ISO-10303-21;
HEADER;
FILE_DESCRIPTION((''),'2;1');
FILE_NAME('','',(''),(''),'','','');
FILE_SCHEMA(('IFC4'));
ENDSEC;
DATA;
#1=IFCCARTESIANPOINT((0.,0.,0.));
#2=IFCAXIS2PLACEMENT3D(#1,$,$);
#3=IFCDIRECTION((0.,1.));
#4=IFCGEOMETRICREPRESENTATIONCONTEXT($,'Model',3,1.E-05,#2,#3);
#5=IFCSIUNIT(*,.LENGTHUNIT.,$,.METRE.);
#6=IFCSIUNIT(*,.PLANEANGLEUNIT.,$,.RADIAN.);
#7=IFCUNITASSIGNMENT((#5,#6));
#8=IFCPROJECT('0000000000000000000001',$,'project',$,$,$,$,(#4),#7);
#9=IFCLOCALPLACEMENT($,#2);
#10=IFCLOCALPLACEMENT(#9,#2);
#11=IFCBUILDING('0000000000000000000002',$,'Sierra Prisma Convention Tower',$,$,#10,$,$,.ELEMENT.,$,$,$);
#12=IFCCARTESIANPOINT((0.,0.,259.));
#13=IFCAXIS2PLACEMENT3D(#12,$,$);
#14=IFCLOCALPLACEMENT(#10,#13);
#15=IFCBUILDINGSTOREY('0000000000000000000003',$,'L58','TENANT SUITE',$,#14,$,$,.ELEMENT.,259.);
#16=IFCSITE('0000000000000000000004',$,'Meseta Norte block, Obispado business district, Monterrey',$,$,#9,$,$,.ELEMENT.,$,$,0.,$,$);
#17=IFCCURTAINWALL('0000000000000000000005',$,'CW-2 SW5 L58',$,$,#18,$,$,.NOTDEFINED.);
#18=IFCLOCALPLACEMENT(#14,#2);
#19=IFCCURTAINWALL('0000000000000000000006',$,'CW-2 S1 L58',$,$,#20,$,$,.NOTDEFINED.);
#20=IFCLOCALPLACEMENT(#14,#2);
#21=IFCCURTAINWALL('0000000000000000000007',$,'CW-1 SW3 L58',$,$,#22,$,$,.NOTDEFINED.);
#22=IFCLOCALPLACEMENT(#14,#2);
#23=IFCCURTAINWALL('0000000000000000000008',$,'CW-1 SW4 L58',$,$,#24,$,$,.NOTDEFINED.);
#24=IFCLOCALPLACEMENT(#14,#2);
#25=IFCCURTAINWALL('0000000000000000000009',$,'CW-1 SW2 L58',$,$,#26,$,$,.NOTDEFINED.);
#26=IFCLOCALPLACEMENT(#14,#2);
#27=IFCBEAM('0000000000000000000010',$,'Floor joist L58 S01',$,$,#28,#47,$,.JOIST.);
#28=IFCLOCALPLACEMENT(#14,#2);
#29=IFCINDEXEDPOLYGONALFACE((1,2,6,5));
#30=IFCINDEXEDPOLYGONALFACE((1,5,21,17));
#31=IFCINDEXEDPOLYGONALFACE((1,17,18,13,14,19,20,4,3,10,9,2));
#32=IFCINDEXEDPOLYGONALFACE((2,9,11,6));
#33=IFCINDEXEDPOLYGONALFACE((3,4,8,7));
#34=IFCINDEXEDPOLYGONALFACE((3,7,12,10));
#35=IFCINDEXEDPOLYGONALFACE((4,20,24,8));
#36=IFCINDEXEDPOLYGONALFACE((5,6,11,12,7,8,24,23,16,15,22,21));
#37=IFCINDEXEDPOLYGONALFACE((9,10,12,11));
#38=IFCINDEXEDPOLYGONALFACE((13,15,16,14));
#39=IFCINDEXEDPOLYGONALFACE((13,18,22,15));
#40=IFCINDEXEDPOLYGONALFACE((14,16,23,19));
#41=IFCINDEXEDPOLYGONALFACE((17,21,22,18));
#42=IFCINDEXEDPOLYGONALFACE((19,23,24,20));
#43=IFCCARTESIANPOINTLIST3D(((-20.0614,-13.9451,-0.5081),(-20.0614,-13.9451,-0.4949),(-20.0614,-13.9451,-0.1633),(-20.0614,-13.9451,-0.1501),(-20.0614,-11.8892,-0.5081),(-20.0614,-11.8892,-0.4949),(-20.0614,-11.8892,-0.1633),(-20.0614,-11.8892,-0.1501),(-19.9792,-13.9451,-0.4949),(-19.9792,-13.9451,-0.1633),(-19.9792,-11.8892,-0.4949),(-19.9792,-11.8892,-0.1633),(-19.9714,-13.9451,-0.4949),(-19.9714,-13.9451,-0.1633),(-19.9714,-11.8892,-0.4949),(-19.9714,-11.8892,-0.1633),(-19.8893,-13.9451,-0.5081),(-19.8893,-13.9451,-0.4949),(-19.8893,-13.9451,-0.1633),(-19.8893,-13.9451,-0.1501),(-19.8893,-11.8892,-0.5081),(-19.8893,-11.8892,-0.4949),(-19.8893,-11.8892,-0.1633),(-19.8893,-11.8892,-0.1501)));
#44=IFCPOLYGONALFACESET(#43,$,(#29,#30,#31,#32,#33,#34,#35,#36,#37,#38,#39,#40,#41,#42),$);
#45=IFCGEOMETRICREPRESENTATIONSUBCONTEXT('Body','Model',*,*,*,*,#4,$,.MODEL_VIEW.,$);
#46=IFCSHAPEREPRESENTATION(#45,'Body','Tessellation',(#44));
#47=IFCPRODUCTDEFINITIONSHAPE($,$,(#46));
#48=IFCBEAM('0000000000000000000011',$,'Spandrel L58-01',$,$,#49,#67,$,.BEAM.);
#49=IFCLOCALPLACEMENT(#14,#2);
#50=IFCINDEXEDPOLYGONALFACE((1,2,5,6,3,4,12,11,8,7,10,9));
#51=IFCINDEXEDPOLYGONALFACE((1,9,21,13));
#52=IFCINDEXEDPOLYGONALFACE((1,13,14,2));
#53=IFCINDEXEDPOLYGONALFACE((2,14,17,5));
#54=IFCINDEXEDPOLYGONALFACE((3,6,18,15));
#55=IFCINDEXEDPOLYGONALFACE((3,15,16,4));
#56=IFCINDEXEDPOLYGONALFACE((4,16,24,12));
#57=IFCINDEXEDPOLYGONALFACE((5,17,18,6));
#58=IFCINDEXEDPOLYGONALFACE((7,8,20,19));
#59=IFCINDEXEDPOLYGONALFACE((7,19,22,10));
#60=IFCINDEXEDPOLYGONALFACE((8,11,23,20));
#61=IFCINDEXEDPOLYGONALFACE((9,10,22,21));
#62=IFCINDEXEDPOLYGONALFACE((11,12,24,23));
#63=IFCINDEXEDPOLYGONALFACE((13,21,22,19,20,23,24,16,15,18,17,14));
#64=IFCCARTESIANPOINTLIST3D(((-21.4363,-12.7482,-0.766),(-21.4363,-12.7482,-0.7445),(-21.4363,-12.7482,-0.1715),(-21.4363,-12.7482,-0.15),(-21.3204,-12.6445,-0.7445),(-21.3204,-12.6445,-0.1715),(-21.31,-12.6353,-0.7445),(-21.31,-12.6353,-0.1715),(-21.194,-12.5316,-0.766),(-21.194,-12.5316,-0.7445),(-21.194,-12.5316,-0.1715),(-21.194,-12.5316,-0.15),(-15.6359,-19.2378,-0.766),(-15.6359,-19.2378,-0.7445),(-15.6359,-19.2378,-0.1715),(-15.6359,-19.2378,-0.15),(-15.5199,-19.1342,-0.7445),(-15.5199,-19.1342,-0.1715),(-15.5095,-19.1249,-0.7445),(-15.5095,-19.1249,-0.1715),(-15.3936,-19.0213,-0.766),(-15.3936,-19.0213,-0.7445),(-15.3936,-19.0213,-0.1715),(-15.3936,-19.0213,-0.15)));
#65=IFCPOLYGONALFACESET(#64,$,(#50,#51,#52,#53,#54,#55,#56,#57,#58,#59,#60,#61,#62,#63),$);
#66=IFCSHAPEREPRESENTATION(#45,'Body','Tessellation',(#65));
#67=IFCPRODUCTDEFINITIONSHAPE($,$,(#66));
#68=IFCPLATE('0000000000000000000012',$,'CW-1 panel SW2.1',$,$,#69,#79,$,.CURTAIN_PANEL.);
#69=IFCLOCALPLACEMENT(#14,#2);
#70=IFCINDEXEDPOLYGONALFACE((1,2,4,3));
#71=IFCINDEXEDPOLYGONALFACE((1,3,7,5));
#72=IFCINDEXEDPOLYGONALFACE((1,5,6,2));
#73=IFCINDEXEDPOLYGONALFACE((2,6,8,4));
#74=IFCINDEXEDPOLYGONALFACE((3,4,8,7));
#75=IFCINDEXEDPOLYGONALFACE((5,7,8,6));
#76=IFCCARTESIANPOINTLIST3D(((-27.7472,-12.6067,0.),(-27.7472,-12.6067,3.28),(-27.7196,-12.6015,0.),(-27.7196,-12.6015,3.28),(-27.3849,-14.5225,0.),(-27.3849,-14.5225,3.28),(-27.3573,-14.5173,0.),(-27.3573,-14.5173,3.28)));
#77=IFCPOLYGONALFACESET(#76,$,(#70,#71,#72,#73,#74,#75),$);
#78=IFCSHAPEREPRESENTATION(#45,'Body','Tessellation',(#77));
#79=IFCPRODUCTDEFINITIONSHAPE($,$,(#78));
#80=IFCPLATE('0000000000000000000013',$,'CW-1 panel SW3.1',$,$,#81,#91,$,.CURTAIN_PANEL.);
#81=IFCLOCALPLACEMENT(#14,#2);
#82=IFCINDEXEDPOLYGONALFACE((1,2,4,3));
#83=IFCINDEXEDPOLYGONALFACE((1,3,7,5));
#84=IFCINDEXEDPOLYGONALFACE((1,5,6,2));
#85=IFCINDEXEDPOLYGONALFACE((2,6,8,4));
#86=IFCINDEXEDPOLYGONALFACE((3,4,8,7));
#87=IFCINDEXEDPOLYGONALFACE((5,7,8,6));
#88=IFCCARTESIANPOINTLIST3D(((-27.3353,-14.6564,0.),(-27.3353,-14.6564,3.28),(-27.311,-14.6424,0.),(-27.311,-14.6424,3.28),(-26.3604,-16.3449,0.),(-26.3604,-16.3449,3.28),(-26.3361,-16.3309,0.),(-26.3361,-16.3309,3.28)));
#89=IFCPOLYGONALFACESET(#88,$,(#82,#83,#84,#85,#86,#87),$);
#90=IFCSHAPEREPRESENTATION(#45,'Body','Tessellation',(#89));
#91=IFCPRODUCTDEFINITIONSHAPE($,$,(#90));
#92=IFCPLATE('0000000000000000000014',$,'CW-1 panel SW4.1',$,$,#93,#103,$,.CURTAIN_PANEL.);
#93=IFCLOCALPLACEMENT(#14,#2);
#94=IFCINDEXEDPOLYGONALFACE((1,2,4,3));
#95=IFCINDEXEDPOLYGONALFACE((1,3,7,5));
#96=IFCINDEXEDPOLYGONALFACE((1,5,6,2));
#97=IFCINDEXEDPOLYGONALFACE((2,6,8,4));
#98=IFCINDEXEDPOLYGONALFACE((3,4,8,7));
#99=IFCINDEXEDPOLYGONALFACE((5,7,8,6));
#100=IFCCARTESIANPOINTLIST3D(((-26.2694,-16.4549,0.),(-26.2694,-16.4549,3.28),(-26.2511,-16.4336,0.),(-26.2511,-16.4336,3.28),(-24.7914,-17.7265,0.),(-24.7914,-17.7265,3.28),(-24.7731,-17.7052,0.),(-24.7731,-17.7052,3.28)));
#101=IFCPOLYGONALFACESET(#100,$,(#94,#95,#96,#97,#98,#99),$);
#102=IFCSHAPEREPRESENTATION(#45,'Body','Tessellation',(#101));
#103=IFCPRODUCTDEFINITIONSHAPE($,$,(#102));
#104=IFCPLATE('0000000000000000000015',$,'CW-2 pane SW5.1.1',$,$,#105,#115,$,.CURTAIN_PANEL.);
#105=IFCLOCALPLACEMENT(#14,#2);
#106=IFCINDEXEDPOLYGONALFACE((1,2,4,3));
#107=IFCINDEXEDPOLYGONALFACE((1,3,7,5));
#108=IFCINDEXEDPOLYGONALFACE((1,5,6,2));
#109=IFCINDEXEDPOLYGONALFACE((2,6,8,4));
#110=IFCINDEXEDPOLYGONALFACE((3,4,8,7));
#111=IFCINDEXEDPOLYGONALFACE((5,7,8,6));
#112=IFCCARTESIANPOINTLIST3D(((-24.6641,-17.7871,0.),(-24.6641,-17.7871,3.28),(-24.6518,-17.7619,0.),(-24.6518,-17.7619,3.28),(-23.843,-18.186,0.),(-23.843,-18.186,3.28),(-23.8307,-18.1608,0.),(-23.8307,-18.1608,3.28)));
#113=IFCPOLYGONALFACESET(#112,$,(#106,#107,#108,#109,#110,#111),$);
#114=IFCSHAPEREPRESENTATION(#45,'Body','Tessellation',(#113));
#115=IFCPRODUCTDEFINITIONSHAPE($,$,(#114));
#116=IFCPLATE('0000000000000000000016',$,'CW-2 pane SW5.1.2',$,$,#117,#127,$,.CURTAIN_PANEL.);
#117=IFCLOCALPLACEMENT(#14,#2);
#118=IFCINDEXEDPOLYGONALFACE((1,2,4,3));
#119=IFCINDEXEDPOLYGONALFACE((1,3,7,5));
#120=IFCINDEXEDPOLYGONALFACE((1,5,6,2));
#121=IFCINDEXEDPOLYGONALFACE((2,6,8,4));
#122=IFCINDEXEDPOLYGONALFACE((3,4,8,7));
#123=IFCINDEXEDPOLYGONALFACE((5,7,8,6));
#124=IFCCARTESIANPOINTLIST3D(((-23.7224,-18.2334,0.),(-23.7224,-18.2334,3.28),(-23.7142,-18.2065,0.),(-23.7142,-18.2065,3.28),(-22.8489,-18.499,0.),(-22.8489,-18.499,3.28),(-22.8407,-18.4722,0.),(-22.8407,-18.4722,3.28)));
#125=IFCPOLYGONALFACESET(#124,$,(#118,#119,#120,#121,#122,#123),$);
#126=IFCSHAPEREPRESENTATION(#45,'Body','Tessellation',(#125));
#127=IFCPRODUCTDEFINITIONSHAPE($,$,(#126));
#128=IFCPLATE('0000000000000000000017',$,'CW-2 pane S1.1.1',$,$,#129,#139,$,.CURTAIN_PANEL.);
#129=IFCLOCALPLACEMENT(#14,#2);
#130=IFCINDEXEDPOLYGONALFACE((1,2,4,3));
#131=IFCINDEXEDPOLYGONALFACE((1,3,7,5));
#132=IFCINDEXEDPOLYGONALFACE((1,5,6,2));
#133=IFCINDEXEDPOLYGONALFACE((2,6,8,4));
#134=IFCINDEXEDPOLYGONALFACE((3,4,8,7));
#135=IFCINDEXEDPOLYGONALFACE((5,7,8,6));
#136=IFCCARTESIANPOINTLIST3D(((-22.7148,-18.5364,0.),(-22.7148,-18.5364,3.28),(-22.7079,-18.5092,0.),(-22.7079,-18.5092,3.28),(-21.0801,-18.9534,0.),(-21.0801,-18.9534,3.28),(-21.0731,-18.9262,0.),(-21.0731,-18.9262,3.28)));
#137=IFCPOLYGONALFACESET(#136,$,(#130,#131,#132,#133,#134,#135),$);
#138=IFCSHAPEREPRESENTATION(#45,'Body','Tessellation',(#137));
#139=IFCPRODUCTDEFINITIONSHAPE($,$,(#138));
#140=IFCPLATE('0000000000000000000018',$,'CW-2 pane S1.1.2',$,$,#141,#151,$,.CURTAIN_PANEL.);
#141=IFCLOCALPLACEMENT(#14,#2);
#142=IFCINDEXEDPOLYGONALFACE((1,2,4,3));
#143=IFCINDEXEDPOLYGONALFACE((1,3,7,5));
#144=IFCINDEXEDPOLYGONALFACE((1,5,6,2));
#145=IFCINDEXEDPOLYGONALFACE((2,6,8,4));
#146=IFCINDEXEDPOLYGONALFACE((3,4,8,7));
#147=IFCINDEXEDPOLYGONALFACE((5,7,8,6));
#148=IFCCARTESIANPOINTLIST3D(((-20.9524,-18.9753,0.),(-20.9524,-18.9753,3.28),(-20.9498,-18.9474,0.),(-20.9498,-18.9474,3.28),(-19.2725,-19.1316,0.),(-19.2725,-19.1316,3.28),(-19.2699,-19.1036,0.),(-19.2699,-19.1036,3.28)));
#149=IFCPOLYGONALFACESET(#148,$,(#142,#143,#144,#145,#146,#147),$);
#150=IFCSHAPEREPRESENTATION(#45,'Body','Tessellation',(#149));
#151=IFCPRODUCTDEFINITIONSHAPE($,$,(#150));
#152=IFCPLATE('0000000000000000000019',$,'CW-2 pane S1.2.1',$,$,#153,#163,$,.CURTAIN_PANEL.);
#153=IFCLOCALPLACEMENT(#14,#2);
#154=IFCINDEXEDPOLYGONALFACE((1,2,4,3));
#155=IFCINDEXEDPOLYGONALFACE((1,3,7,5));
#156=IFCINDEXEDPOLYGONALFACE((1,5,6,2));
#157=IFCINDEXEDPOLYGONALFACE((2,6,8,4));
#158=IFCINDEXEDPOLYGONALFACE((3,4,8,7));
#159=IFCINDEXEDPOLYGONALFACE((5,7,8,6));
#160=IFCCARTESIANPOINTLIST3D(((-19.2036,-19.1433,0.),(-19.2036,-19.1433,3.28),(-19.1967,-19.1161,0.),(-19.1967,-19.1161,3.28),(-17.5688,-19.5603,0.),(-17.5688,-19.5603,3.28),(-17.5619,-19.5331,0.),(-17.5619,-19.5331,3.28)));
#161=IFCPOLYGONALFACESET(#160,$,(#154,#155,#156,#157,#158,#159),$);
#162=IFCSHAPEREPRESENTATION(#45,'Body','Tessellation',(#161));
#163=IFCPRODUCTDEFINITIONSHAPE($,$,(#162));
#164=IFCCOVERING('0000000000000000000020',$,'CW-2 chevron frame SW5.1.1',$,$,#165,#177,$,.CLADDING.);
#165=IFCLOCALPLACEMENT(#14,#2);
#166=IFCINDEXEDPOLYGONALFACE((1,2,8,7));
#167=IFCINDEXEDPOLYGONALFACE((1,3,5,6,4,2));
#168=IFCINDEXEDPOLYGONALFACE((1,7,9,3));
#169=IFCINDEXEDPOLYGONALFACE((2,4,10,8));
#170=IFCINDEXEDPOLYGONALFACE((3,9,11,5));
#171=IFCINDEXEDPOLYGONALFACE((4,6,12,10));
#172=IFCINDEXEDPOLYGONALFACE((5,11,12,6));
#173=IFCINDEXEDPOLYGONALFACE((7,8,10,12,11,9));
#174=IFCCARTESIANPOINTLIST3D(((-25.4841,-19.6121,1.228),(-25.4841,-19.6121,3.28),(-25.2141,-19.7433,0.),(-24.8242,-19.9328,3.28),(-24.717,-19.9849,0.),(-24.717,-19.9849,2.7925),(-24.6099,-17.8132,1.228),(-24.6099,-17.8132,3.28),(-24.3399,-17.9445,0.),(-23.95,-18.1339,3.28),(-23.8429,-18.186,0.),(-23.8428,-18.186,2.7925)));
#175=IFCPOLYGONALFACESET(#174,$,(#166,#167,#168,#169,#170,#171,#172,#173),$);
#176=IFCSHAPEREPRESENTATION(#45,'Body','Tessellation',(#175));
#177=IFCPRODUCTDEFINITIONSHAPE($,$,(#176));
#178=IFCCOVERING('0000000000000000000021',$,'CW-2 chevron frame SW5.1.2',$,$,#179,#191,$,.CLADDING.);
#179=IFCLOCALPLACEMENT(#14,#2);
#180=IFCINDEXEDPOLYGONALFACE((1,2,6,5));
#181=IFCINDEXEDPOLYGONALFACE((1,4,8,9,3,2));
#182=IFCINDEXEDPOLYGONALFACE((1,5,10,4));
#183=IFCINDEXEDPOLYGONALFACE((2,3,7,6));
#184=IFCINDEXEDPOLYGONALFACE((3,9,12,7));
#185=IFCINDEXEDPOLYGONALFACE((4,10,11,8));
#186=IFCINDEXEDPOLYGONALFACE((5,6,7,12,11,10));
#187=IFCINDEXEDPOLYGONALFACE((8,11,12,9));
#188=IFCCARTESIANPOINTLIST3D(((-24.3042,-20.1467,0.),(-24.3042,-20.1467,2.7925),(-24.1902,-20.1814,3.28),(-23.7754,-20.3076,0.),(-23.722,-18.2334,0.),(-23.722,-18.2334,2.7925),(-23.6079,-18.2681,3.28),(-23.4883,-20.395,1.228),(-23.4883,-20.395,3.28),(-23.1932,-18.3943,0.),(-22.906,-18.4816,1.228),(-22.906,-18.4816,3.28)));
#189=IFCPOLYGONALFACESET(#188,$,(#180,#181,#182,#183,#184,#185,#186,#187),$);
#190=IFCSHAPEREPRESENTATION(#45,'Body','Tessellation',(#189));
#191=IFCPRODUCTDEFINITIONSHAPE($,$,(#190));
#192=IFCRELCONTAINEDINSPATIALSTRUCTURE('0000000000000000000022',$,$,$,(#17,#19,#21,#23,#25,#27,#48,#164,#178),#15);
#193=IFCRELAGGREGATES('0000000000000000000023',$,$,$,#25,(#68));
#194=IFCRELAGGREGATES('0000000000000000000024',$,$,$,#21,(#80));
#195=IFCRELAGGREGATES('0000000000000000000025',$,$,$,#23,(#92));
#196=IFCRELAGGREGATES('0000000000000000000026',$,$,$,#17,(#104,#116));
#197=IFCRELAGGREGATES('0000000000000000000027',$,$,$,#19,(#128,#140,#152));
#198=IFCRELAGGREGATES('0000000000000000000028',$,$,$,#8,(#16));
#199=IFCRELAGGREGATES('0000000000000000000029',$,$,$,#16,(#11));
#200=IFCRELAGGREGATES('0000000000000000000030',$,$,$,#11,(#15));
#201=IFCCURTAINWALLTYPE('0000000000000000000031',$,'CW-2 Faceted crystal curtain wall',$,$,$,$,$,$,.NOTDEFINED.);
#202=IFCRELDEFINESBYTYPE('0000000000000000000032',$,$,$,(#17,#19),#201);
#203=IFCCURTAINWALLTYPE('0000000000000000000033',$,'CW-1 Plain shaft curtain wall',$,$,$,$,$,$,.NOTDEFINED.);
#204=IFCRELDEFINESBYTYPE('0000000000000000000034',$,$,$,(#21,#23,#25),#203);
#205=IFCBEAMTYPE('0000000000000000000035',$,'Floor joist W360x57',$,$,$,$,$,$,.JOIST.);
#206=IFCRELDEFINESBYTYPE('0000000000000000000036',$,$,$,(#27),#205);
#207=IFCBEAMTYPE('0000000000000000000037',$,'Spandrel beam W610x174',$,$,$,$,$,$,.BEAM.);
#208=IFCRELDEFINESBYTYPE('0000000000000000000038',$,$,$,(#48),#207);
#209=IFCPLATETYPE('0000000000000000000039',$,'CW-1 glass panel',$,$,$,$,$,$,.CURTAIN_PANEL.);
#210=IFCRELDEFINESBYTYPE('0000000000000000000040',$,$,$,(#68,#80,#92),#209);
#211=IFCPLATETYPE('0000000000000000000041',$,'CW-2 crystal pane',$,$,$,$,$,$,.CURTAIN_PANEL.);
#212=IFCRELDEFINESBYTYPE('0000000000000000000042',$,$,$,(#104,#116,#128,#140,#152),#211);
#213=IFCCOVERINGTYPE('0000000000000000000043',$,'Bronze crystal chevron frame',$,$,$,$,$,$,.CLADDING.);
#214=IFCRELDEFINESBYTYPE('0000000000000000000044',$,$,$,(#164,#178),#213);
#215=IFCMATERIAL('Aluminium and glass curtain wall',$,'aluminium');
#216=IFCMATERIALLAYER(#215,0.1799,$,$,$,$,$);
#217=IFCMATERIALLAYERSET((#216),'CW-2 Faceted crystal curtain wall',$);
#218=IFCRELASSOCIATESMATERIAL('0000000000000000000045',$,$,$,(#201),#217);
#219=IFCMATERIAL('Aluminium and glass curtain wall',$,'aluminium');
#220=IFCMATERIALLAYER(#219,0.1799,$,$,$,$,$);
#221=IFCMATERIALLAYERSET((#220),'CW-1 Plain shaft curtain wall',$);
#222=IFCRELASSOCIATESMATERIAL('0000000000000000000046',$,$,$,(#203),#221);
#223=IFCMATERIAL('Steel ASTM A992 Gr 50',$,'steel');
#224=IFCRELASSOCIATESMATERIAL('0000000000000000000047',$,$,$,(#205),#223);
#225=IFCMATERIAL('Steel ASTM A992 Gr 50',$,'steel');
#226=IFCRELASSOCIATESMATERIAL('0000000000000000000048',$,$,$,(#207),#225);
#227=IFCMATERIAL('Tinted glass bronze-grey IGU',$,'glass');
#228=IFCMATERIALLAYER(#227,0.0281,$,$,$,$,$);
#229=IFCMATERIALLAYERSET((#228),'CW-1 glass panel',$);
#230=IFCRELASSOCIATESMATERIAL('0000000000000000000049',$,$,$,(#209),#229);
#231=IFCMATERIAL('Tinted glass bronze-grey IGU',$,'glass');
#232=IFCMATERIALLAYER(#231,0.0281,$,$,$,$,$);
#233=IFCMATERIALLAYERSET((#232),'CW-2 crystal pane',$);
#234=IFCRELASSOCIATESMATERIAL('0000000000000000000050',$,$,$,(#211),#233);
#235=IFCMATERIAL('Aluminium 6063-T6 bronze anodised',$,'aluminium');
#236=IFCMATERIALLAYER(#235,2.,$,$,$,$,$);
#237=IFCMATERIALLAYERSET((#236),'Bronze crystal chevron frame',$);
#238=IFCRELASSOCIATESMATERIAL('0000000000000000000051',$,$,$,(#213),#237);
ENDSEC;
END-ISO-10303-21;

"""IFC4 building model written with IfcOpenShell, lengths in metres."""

from ifc_helpers import new_model, si_unit, direction, frame, origin, origin_2d, place, context, subcontext, project, spatial, polyline, rectangle, i_section, outline, extrude, material, layer, layer_set, material_profile, profile_set, type_object, element, aggregate, save


model = new_model("IFC4")

# Units and contexts
model_context = context("Model", 3, precision=1e-05, world=origin(), true_north=direction((0.0, 1.0)))
body_context = subcontext(model_context, "Body", "Model", "MODEL_VIEW")
ifc_project = project(units=[si_unit("LENGTHUNIT", "METRE"), si_unit("PLANEANGLEUNIT", "RADIAN")], contexts=[model_context])

# Site, building, storey
site_placement = place(None, origin())
site = spatial("IfcSite", under=ifc_project, at=site_placement, Name="Meseta Norte block, Obispado business district, Monterrey", CompositionType="ELEMENT", RefElevation=0.0)
building_placement = place(site_placement, origin())
building = spatial("IfcBuilding", under=site, at=building_placement, Name="Sierra Prisma Convention Tower", CompositionType="ELEMENT")
storey_placement = place(building_placement, frame((0.0, 0.0, 259.0)))
storey = spatial("IfcBuildingStorey", under=building, at=storey_placement, Name="L58", Description="TENANT SUITE", CompositionType="ELEMENT", Elevation=259.0)

# Curtain wall
ifc_material_1 = material(Name="Aluminium and glass curtain wall", Category="aluminium")
ifc_layer_1 = layer(ifc_material_1, 0.1799)
ifc_layer_set_1 = layer_set([ifc_layer_1], Name="CW-2 Faceted crystal curtain wall")
curtain_wall_type_1 = type_object("IfcCurtainWallType", Name="CW-2 Faceted crystal curtain wall", PredefinedType="NOTDEFINED", material=ifc_layer_set_1)
curtain_wall_1_placement = place(storey_placement, origin())
curtain_wall_1 = element("IfcCurtainWall", 1, at=curtain_wall_1_placement, inside=storey, type_object=curtain_wall_type_1, Name="CW-2 SW5 L58", PredefinedType="NOTDEFINED")

# Curtain wall
curtain_wall_2_placement = place(storey_placement, origin())
curtain_wall_2 = element("IfcCurtainWall", 2, at=curtain_wall_2_placement, inside=storey, type_object=curtain_wall_type_1, Name="CW-2 S1 L58", PredefinedType="NOTDEFINED")

# Curtain walls
ifc_material_2 = material(Name="Aluminium and glass curtain wall", Category="aluminium")
ifc_layer_2 = layer(ifc_material_2, 0.1799)
ifc_layer_set_2 = layer_set([ifc_layer_2], Name="CW-1 Plain shaft curtain wall")
curtain_wall_type_2 = type_object("IfcCurtainWallType", Name="CW-1 Plain shaft curtain wall", PredefinedType="NOTDEFINED", material=ifc_layer_set_2)
curtain_wall_3_placement = place(storey_placement, origin())
curtain_wall_3 = element("IfcCurtainWall", 3, at=curtain_wall_3_placement, inside=storey, type_object=curtain_wall_type_2, Name="CW-1 SW3 L58", PredefinedType="NOTDEFINED")
curtain_wall_4_placement = place(storey_placement, origin())
curtain_wall_4 = element("IfcCurtainWall", 4, at=curtain_wall_4_placement, inside=storey, type_object=curtain_wall_type_2, Name="CW-1 SW4 L58", PredefinedType="NOTDEFINED")

# Curtain wall
curtain_wall_5_placement = place(storey_placement, origin())
curtain_wall_5 = element("IfcCurtainWall", 5, at=curtain_wall_5_placement, inside=storey, type_object=curtain_wall_type_2, Name="CW-1 SW2 L58", PredefinedType="NOTDEFINED")

# Beams
ifc_material_3 = material(Name="Steel ASTM A992 Gr 50", Category="steel")
ifc_material_profile_1 = material_profile(ifc_material_3, i_section(OverallWidth=0.1721, OverallDepth=0.3579, WebThickness=0.0078, FlangeThickness=0.0132, at=origin_2d()), Name="W360x57")
ifc_profile_set_1 = profile_set([ifc_material_profile_1], Name="Steel ASTM A992 Gr 50")
beam_type_1 = type_object("IfcBeamType", Name="Floor joist W360x57", PredefinedType="JOIST", material=ifc_profile_set_1)
beam_1_placement = place(storey_placement, frame((-19.9753, -13.9451, -0.3291), z_axis=(0.0, 1.0, 0.0), x_axis=(-1.0, 0.0, 0.0)))
element("IfcBeam", 6, at=beam_1_placement, inside=storey, type_object=beam_type_1, Name="Floor joist L58 S01", PredefinedType="JOIST", context=body_context, shape_type="SweptSolid", body=[
    extrude(i_section(OverallWidth=0.1721, OverallDepth=0.3579, WebThickness=0.0078, FlangeThickness=0.0132, at=origin_2d()), origin(), (0.0, 0.0, 1.0), 2.0559),
])
ifc_material_4 = material(Name="Steel ASTM A992 Gr 50", Category="steel")
ifc_material_profile_2 = material_profile(ifc_material_4, i_section(OverallWidth=0.325, OverallDepth=0.616, WebThickness=0.0139, FlangeThickness=0.0215, at=origin_2d()), Name="W610x174")
ifc_profile_set_2 = profile_set([ifc_material_profile_2], Name="Steel ASTM A992 Gr 50")
beam_type_2 = type_object("IfcBeamType", Name="Spandrel beam W610x174", PredefinedType="BEAM", material=ifc_profile_set_2)
beam_2_placement = place(storey_placement, frame((-21.3152, -12.6399, -0.458), z_axis=(0.666407, -0.745588, 0.0), x_axis=(0.745588, 0.666407, 0.0)))
element("IfcBeam", 7, at=beam_2_placement, inside=storey, type_object=beam_type_2, Name="Spandrel L58-01", PredefinedType="BEAM", context=body_context, shape_type="SweptSolid", body=[
    extrude(i_section(OverallWidth=0.325, OverallDepth=0.616, WebThickness=0.0139, FlangeThickness=0.0215, at=origin_2d()), origin(), (0.0, 0.0, 1.0), 8.7041),
])

# Plates
ifc_material_5 = material(Name="Tinted glass bronze-grey IGU", Category="glass")
ifc_layer_3 = layer(ifc_material_5, 0.0281)
ifc_layer_set_3 = layer_set([ifc_layer_3], Name="CW-1 glass panel")
plate_type_1 = type_object("IfcPlateType", Name="CW-1 glass panel", PredefinedType="CURTAIN_PANEL", material=ifc_layer_set_3)
plate_1_placement = place(storey_placement, frame((-27.5522, -13.562, 0.0), z_axis=(0.0, 0.0, 1.0), x_axis=(0.185802, -0.982587, 0.0)))
plate_1 = element("IfcPlate", 8, at=plate_1_placement, type_object=plate_type_1, Name="CW-1 panel SW2.1", PredefinedType="CURTAIN_PANEL", context=body_context, shape_type="SweptSolid", body=[
    extrude(rectangle(XDim=1.9497, YDim=0.0281, at=origin_2d()), origin(), (0.0, 0.0, 1.0), 3.28),
])
aggregate(curtain_wall_5, [plate_1])
plate_2_placement = place(storey_placement, frame((-26.8357, -15.4937, 0.0), z_axis=(0.0, 0.0, 1.0), x_axis=(0.5, -0.866025, 0.0)))
plate_2 = element("IfcPlate", 9, at=plate_2_placement, type_object=plate_type_1, Name="CW-1 panel SW3.1", PredefinedType="CURTAIN_PANEL", context=body_context, shape_type="SweptSolid", body=[
    extrude(rectangle(XDim=1.9497, YDim=0.0281, at=origin_2d()), origin(), (0.0, 0.0, 1.0), 3.28),
])
aggregate(curtain_wall_3, [plate_2])
plate_3_placement = place(storey_placement, frame((-25.5212, -17.0801, 0.0), z_axis=(0.0, 0.0, 1.0), x_axis=(0.758045, -0.652203, 0.0)))
plate_3 = element("IfcPlate", 10, at=plate_3_placement, type_object=plate_type_1, Name="CW-1 panel SW4.1", PredefinedType="CURTAIN_PANEL", context=body_context, shape_type="SweptSolid", body=[
    extrude(rectangle(XDim=1.9497, YDim=0.0281, at=origin_2d()), origin(), (0.0, 0.0, 1.0), 3.28),
])
aggregate(curtain_wall_4, [plate_3])
ifc_material_6 = material(Name="Tinted glass bronze-grey IGU", Category="glass")
ifc_layer_4 = layer(ifc_material_6, 0.0281)
ifc_layer_set_4 = layer_set([ifc_layer_4], Name="CW-2 crystal pane")
plate_type_2 = type_object("IfcPlateType", Name="CW-2 crystal pane", PredefinedType="CURTAIN_PANEL", material=ifc_layer_set_4)
plate_4_placement = place(storey_placement, frame((-24.6641, -17.7871, 0.0), z_axis=(-0.437021, -0.899451, 0.0), x_axis=(0.899451, -0.437021, 0.0)))
plate_4 = element("IfcPlate", 11, at=plate_4_placement, type_object=plate_type_2, Name="CW-2 pane SW5.1.1", PredefinedType="CURTAIN_PANEL", context=body_context, shape_type="SweptSolid", body=[
    extrude(outline(polyline([(0.0, 0.0), (0.9128, 0.0), (0.9128, 3.28), (0.0, 3.28), (0.0, 0.0)])), origin(), (0.0, 0.0, -1.0), 0.0281),
])
plate_5_placement = place(storey_placement, frame((-22.8489, -18.499, 0.0), z_axis=(-0.290928, -0.956745, 0.0), x_axis=(-0.956745, 0.290928, 0.0)))
plate_5 = element("IfcPlate", 12, at=plate_5_placement, type_object=plate_type_2, Name="CW-2 pane SW5.1.2", PredefinedType="CURTAIN_PANEL", context=body_context, shape_type="SweptSolid", body=[
    extrude(outline(polyline([(0.0, 0.0), (0.913, 0.0), (0.913, -3.28), (0.0, -3.28), (0.0, 0.0)])), origin(), (0.0, 0.0, -1.0), 0.0281),
])
aggregate(curtain_wall_1, [plate_4, plate_5])
plate_6_placement = place(storey_placement, frame((-22.7148, -18.5364, 0.0), z_axis=(-0.247164, -0.968974, 0.0), x_axis=(0.968974, -0.247164, 0.0)))
plate_6 = element("IfcPlate", 13, at=plate_6_placement, type_object=plate_type_2, Name="CW-2 pane S1.1.1", PredefinedType="CURTAIN_PANEL", context=body_context, shape_type="SweptSolid", body=[
    extrude(outline(polyline([(0.0, 0.0), (1.6871, 0.0), (1.6871, 3.28), (0.0, 3.28), (0.0, 0.0)])), origin(), (0.0, 0.0, -1.0), 0.0281),
])
plate_7_placement = place(storey_placement, frame((-19.2725, -19.1316, 0.0), z_axis=(-0.09261, -0.995702, 0.0), x_axis=(-0.995702, 0.09261, 0.0)))
plate_7 = element("IfcPlate", 14, at=plate_7_placement, type_object=plate_type_2, Name="CW-2 pane S1.1.2", PredefinedType="CURTAIN_PANEL", context=body_context, shape_type="SweptSolid", body=[
    extrude(outline(polyline([(0.0, 0.0), (1.6872, 0.0), (1.6872, -3.28), (0.0, -3.28), (0.0, 0.0)])), origin(), (0.0, 0.0, -1.0), 0.0281),
])
plate_8_placement = place(storey_placement, frame((-19.2036, -19.1433, 0.0), z_axis=(-0.247164, -0.968974, 0.0), x_axis=(0.968974, -0.247164, 0.0)))
plate_8 = element("IfcPlate", 15, at=plate_8_placement, type_object=plate_type_2, Name="CW-2 pane S1.2.1", PredefinedType="CURTAIN_PANEL", context=body_context, shape_type="SweptSolid", body=[
    extrude(outline(polyline([(0.0, 0.0), (1.6871, 0.0), (1.6871, 3.28), (0.0, 3.28), (0.0, 0.0)])), origin(), (0.0, 0.0, -1.0), 0.0281),
])
aggregate(curtain_wall_2, [plate_6, plate_7, plate_8])

# Coverings
ifc_material_7 = material(Name="Aluminium 6063-T6 bronze anodised", Category="aluminium")
ifc_layer_5 = layer(ifc_material_7, 2.0)
ifc_layer_set_5 = layer_set([ifc_layer_5], Name="Bronze crystal chevron frame")
covering_type = type_object("IfcCoveringType", Name="Bronze crystal chevron frame", PredefinedType="CLADDING", material=ifc_layer_set_5)
covering_1_placement = place(storey_placement, frame((-25.4841, -19.6121, 3.28), z_axis=(-0.437093, -0.899416, 0.000005), x_axis=(-0.000002, -0.000004, -1.0)))
element("IfcCovering", 16, at=covering_1_placement, inside=storey, type_object=covering_type, Name="CW-2 chevron frame SW5.1.1", PredefinedType="CLADDING", context=body_context, shape_type="SweptSolid", body=[
    extrude(outline(polyline([(0.0, 0.0), (2.052, 0.0), (3.28, 0.3003), (3.28, 0.8529), (0.4875, 0.8529), (0.0, 0.7338), (0.0, 0.0)])), origin(), (0.0, 0.0, -1.0), 2.0),
])
covering_2_placement = place(storey_placement, frame((-24.3042, -20.1467, 0.0), z_axis=(-0.291123, -0.956686, -0.000001), x_axis=(0.956686, -0.291123, 0.0)))
element("IfcCovering", 17, at=covering_2_placement, inside=storey, type_object=covering_type, Name="CW-2 chevron frame SW5.1.2", PredefinedType="CLADDING", context=body_context, shape_type="SweptSolid", body=[
    extrude(outline(polyline([(0.0, 0.0), (0.5527, 0.0), (0.8529, 1.228), (0.8529, 3.28), (0.1192, 3.28), (0.0, 2.7925), (0.0, 0.0)])), origin(), (0.0, 0.0, -1.0), 2.0),
])

save(model, "model.ifc")
